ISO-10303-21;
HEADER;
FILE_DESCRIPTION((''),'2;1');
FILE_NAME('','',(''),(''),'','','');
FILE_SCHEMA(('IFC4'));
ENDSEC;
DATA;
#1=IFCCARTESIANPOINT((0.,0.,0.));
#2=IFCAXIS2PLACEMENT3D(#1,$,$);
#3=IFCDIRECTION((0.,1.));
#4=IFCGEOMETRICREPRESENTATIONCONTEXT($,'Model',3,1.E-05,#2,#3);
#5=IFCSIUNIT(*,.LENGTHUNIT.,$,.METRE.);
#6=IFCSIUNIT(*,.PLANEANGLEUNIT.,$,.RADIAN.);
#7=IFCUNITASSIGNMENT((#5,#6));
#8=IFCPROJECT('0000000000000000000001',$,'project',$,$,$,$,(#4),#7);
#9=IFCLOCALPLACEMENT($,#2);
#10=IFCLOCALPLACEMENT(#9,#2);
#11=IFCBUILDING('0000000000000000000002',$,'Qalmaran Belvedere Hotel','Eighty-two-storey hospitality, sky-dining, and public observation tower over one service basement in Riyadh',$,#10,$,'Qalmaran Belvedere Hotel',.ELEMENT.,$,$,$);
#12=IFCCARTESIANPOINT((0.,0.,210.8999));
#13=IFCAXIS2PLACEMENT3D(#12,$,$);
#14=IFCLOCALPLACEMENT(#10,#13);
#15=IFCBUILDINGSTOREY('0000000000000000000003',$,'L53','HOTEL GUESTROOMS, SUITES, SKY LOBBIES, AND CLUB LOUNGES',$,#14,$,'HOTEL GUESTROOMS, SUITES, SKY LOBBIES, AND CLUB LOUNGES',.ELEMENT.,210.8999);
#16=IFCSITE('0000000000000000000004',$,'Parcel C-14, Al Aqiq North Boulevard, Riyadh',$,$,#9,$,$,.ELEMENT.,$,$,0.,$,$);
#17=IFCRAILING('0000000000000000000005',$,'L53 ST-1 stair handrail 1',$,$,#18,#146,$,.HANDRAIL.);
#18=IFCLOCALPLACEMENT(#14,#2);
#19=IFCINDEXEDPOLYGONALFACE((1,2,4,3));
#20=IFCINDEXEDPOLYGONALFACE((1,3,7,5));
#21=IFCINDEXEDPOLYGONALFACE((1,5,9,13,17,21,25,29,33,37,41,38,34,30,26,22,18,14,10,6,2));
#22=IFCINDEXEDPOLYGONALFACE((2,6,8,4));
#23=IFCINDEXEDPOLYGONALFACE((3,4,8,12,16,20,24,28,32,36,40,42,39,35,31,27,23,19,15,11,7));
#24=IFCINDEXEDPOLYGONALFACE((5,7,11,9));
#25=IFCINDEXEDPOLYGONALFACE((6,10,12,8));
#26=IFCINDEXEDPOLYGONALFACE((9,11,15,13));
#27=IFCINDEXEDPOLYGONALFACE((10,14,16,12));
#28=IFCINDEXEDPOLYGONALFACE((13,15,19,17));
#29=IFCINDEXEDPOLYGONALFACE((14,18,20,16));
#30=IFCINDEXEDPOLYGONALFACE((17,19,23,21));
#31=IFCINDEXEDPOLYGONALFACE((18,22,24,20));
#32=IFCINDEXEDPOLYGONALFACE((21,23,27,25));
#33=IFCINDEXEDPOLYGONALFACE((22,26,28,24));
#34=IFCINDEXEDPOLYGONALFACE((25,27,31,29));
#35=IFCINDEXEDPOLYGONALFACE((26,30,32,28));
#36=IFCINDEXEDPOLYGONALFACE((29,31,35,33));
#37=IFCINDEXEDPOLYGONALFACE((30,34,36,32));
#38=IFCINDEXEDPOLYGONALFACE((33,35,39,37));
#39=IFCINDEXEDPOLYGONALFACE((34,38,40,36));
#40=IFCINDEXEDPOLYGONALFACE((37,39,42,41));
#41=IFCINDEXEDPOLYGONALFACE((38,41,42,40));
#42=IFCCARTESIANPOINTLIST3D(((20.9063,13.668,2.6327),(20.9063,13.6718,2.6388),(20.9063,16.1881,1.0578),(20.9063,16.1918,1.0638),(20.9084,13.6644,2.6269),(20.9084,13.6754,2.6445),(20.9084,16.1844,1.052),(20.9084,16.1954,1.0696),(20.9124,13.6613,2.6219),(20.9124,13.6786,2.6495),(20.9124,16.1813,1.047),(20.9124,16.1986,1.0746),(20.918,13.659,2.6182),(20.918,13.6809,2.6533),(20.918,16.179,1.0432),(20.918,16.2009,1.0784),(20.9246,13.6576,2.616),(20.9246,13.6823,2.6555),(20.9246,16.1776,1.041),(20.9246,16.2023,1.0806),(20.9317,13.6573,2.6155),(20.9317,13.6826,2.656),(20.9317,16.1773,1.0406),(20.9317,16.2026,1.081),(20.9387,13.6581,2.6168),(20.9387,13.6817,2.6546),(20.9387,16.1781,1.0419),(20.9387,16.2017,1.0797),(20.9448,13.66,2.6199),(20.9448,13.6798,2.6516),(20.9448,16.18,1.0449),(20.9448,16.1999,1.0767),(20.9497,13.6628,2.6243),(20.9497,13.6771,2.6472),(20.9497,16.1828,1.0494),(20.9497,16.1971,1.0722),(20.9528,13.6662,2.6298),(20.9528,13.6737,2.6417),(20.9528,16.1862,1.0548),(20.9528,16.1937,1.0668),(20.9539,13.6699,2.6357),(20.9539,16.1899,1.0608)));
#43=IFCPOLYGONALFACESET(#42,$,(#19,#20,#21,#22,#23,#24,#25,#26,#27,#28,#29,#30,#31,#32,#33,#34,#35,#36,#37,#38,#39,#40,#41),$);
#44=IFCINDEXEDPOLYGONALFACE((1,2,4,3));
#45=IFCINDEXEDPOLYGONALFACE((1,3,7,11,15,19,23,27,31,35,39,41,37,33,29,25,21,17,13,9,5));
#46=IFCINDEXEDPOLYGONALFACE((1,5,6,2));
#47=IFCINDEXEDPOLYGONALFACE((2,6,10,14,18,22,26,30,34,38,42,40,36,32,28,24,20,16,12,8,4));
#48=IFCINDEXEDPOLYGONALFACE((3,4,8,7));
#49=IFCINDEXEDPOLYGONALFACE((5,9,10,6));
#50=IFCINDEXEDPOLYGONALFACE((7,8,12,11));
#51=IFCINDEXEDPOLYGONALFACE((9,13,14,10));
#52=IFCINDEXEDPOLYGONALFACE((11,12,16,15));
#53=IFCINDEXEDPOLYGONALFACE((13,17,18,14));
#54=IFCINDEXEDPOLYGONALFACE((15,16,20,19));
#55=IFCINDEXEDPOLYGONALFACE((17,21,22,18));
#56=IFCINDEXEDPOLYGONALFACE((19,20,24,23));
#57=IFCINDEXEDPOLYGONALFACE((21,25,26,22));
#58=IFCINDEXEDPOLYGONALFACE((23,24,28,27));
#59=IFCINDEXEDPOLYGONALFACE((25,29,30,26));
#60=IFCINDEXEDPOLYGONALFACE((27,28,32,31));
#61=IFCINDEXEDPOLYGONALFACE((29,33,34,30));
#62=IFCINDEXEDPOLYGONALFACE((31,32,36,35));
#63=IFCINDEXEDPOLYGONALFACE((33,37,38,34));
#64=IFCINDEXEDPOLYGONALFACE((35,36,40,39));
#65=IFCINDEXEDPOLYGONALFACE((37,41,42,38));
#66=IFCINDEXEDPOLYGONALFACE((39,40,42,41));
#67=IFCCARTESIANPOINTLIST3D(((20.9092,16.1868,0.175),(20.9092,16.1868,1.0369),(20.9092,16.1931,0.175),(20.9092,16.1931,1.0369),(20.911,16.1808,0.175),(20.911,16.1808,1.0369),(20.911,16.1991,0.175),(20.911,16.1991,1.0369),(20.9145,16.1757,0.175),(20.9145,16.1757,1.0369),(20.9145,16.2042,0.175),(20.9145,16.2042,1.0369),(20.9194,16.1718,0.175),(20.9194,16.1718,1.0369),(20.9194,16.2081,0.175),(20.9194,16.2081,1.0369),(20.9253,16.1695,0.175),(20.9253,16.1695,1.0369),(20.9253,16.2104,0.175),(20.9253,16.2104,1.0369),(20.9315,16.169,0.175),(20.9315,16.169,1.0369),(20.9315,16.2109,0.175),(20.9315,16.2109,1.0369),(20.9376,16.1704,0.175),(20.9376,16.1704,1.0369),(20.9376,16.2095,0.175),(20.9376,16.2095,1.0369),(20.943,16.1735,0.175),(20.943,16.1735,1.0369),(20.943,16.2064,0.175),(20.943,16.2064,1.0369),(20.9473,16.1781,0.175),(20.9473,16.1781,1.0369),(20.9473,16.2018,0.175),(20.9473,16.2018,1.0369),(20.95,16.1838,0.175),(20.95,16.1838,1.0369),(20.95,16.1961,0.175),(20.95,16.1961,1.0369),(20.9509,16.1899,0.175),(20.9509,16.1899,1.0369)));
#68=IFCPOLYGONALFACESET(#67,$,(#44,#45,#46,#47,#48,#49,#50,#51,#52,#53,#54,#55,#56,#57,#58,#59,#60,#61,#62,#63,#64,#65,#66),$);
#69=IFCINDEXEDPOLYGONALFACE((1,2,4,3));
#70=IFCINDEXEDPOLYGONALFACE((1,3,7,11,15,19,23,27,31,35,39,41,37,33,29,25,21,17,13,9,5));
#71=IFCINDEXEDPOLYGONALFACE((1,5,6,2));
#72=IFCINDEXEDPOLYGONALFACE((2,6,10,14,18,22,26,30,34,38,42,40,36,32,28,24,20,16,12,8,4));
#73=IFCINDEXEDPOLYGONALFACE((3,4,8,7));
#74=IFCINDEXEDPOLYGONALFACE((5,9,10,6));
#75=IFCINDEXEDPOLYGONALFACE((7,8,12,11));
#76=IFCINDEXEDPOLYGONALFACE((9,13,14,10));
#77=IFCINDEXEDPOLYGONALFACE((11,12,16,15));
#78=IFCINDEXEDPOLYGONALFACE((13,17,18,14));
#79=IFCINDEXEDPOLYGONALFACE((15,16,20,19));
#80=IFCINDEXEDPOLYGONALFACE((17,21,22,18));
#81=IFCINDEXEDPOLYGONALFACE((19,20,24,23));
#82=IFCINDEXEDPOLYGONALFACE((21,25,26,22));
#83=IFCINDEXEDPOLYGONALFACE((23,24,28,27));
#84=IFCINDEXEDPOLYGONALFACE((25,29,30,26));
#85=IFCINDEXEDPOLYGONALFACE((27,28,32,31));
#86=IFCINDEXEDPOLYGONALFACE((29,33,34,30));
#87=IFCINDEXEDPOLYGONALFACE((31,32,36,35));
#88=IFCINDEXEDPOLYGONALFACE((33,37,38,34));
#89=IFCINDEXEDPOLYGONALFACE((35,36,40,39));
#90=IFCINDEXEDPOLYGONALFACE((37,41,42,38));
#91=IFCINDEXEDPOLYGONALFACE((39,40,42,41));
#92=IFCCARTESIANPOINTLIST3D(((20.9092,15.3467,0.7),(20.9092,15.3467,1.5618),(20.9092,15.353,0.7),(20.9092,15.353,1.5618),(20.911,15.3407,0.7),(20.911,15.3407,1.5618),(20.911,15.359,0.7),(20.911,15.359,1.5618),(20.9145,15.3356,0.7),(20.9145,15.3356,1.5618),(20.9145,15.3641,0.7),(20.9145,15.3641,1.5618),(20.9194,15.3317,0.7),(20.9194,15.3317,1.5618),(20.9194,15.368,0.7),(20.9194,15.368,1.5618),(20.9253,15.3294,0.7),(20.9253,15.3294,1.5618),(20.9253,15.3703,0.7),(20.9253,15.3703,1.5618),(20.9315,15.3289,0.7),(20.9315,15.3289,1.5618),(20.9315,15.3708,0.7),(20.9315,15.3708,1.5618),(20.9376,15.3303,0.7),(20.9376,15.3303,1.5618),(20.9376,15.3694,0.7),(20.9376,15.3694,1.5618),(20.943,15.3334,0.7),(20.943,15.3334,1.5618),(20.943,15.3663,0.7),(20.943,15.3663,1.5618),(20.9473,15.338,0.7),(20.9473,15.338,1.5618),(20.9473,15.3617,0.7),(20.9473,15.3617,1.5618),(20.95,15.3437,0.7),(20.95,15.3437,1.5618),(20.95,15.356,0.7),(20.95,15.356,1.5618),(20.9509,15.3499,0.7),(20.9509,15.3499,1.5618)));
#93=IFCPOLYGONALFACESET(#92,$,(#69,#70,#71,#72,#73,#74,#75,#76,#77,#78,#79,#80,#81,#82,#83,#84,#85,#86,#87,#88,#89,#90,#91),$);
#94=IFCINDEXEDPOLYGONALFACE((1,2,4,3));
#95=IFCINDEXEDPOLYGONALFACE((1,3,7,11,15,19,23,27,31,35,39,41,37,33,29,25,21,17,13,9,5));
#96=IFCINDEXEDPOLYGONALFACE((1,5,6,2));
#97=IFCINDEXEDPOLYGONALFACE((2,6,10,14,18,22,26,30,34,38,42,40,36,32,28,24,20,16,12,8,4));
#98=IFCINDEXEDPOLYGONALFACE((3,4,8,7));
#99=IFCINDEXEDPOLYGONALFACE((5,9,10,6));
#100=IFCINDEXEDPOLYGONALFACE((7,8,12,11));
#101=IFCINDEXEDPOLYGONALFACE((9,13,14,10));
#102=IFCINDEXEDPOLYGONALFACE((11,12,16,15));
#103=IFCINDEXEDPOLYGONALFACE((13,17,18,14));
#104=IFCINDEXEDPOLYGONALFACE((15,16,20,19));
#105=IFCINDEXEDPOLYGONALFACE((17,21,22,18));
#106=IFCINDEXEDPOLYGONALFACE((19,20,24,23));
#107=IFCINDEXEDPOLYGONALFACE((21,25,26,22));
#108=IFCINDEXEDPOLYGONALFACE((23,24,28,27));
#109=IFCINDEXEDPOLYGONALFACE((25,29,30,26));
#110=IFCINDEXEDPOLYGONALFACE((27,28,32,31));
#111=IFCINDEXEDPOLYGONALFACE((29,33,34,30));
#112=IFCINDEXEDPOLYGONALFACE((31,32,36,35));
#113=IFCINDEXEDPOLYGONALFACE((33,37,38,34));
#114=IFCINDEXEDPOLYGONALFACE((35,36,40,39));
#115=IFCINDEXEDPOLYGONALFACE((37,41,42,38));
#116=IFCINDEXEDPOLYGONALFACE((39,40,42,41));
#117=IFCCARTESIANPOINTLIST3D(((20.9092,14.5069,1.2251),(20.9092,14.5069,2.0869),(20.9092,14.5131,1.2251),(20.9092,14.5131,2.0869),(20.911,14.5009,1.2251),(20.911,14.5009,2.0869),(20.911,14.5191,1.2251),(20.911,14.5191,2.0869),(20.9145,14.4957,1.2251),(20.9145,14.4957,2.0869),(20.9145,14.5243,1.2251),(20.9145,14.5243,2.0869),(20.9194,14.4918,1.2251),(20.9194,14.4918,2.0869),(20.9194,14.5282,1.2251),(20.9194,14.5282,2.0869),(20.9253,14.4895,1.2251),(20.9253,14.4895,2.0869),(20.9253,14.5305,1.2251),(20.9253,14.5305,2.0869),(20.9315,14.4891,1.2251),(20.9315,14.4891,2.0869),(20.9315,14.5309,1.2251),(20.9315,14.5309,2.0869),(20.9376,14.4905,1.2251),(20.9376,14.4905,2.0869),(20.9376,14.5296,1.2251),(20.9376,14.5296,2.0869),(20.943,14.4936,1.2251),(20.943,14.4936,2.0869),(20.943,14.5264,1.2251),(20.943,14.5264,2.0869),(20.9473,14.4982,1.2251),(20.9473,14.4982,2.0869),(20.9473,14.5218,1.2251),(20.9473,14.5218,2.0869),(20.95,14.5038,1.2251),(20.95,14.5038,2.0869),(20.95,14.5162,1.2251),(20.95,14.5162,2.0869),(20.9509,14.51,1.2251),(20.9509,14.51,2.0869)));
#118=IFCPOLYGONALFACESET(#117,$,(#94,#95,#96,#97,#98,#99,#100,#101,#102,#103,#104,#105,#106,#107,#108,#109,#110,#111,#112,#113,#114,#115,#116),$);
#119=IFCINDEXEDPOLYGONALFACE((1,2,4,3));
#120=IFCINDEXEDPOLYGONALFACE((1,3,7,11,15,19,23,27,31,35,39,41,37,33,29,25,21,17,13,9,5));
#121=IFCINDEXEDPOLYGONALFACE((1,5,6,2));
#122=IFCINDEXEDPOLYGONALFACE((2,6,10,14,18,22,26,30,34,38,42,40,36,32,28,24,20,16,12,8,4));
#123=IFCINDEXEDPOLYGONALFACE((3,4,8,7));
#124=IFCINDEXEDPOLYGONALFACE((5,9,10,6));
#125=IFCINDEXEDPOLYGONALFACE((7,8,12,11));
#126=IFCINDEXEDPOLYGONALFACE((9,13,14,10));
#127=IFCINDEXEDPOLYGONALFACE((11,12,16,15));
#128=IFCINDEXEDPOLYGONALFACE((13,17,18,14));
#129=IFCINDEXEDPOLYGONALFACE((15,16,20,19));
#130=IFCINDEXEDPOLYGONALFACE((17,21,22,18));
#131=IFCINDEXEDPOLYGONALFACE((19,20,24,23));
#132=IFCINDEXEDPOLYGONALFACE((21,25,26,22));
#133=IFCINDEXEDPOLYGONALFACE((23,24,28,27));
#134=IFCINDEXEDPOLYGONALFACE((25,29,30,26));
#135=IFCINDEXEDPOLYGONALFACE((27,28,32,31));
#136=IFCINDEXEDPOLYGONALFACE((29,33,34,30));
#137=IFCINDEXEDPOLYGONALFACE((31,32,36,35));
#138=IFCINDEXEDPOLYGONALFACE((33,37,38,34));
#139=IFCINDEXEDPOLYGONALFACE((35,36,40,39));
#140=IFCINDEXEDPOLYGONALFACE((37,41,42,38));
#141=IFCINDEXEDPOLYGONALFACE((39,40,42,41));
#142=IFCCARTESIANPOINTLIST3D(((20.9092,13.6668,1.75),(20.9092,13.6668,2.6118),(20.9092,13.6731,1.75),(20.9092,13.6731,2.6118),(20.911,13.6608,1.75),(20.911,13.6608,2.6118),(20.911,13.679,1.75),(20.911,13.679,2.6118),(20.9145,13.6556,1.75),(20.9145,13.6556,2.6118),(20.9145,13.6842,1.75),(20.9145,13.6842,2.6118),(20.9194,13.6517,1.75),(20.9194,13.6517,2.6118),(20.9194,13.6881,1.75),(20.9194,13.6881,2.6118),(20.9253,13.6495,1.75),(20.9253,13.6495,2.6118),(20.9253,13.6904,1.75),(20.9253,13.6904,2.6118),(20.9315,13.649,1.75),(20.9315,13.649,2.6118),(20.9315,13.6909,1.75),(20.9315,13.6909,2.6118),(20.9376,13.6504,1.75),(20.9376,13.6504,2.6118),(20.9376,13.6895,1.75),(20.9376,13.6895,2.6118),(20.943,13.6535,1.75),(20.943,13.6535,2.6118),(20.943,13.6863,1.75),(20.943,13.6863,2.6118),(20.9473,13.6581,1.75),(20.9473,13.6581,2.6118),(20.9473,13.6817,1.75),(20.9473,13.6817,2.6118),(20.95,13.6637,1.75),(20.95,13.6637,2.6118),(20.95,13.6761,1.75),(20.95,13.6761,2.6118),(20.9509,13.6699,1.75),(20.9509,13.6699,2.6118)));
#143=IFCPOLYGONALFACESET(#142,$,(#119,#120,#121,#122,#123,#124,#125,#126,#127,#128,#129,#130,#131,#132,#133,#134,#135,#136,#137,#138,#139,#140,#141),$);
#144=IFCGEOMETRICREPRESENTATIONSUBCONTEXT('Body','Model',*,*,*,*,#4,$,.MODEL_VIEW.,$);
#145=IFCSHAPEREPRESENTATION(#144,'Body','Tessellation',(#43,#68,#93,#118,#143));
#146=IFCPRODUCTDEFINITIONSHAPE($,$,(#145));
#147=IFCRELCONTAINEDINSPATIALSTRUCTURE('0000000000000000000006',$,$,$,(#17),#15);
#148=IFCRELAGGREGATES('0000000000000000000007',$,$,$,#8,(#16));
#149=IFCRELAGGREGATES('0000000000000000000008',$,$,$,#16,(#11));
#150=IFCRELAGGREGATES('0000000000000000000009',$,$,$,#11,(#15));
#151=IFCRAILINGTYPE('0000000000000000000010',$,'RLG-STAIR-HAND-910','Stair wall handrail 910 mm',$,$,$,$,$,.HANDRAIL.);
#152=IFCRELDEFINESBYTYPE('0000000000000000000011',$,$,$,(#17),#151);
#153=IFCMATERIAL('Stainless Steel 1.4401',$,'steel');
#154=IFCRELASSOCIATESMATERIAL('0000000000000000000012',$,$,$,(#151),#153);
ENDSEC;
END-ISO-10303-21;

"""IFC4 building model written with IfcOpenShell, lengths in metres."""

from ifc_helpers import new_model, si_unit, direction, frame, origin, origin_2d, place, context, subcontext, project, spatial, circle, extrude, material, type_object, element, save


model = new_model("IFC4")

# Units and contexts
model_context = context("Model", 3, precision=1e-05, world=origin(), true_north=direction((0.0, 1.0)))
body_context = subcontext(model_context, "Body", "Model", "MODEL_VIEW")
ifc_project = project(units=[si_unit("LENGTHUNIT", "METRE"), si_unit("PLANEANGLEUNIT", "RADIAN")], contexts=[model_context])

# Site, building, storey
site_placement = place(None, origin())
site = spatial("IfcSite", under=ifc_project, at=site_placement, Name="Parcel C-14, Al Aqiq North Boulevard, Riyadh", CompositionType="ELEMENT", RefElevation=0.0)
building_placement = place(site_placement, origin())
building = spatial("IfcBuilding", under=site, at=building_placement, Name="Qalmaran Belvedere Hotel", Description="Eighty-two-storey hospitality, sky-dining, and public observation tower over one service basement in Riyadh", LongName="Qalmaran Belvedere Hotel", CompositionType="ELEMENT")
storey_placement = place(building_placement, frame((0.0, 0.0, 210.8999)))
storey = spatial("IfcBuildingStorey", under=building, at=storey_placement, Name="L53", Description="HOTEL GUESTROOMS, SUITES, SKY LOBBIES, AND CLUB LOUNGES", LongName="HOTEL GUESTROOMS, SUITES, SKY LOBBIES, AND CLUB LOUNGES", CompositionType="ELEMENT", Elevation=210.8999)

# Shared definitions
ifc_material_1 = material(Name="Stainless Steel 1.4401", Category="steel")

# Railing
railing_type_1 = type_object("IfcRailingType", Name="RLG-STAIR-HAND-910", Description="Stair wall handrail 910 mm", PredefinedType="HANDRAIL", material=ifc_material_1)
railing_1_placement = place(storey_placement, frame((20.9299, 16.1899, 0.175)))
element("IfcRailing", 1, at=railing_1_placement, inside=storey, type_object=railing_type_1, Name="L53 ST-1 stair handrail 1", PredefinedType="HANDRAIL", context=body_context, shape_type="SweptSolid", body=[
    extrude(circle(Radius=0.0239, at=origin_2d()), frame((0.0, 0.0, 0.8857), z_axis=(0.0, -0.848008, 0.529984), x_axis=(1.0, 0.0, 0.0)), (0.0, 0.0, 1.0), 2.9717),
    extrude(circle(Radius=0.021, at=origin_2d()), origin(), (0.0, 0.0, 1.0), 0.8618),
    extrude(circle(Radius=0.021, at=origin_2d()), frame((0.0, -0.8401, 0.5249)), (0.0, 0.0, 1.0), 0.8618),
    extrude(circle(Radius=0.021, at=origin_2d()), frame((0.0, -1.6799, 1.05)), (0.0, 0.0, 1.0), 0.8618),
    extrude(circle(Radius=0.021, at=origin_2d()), frame((0.0, -2.52, 1.575)), (0.0, 0.0, 1.0), 0.8618),
])

save(model, "model.ifc")
